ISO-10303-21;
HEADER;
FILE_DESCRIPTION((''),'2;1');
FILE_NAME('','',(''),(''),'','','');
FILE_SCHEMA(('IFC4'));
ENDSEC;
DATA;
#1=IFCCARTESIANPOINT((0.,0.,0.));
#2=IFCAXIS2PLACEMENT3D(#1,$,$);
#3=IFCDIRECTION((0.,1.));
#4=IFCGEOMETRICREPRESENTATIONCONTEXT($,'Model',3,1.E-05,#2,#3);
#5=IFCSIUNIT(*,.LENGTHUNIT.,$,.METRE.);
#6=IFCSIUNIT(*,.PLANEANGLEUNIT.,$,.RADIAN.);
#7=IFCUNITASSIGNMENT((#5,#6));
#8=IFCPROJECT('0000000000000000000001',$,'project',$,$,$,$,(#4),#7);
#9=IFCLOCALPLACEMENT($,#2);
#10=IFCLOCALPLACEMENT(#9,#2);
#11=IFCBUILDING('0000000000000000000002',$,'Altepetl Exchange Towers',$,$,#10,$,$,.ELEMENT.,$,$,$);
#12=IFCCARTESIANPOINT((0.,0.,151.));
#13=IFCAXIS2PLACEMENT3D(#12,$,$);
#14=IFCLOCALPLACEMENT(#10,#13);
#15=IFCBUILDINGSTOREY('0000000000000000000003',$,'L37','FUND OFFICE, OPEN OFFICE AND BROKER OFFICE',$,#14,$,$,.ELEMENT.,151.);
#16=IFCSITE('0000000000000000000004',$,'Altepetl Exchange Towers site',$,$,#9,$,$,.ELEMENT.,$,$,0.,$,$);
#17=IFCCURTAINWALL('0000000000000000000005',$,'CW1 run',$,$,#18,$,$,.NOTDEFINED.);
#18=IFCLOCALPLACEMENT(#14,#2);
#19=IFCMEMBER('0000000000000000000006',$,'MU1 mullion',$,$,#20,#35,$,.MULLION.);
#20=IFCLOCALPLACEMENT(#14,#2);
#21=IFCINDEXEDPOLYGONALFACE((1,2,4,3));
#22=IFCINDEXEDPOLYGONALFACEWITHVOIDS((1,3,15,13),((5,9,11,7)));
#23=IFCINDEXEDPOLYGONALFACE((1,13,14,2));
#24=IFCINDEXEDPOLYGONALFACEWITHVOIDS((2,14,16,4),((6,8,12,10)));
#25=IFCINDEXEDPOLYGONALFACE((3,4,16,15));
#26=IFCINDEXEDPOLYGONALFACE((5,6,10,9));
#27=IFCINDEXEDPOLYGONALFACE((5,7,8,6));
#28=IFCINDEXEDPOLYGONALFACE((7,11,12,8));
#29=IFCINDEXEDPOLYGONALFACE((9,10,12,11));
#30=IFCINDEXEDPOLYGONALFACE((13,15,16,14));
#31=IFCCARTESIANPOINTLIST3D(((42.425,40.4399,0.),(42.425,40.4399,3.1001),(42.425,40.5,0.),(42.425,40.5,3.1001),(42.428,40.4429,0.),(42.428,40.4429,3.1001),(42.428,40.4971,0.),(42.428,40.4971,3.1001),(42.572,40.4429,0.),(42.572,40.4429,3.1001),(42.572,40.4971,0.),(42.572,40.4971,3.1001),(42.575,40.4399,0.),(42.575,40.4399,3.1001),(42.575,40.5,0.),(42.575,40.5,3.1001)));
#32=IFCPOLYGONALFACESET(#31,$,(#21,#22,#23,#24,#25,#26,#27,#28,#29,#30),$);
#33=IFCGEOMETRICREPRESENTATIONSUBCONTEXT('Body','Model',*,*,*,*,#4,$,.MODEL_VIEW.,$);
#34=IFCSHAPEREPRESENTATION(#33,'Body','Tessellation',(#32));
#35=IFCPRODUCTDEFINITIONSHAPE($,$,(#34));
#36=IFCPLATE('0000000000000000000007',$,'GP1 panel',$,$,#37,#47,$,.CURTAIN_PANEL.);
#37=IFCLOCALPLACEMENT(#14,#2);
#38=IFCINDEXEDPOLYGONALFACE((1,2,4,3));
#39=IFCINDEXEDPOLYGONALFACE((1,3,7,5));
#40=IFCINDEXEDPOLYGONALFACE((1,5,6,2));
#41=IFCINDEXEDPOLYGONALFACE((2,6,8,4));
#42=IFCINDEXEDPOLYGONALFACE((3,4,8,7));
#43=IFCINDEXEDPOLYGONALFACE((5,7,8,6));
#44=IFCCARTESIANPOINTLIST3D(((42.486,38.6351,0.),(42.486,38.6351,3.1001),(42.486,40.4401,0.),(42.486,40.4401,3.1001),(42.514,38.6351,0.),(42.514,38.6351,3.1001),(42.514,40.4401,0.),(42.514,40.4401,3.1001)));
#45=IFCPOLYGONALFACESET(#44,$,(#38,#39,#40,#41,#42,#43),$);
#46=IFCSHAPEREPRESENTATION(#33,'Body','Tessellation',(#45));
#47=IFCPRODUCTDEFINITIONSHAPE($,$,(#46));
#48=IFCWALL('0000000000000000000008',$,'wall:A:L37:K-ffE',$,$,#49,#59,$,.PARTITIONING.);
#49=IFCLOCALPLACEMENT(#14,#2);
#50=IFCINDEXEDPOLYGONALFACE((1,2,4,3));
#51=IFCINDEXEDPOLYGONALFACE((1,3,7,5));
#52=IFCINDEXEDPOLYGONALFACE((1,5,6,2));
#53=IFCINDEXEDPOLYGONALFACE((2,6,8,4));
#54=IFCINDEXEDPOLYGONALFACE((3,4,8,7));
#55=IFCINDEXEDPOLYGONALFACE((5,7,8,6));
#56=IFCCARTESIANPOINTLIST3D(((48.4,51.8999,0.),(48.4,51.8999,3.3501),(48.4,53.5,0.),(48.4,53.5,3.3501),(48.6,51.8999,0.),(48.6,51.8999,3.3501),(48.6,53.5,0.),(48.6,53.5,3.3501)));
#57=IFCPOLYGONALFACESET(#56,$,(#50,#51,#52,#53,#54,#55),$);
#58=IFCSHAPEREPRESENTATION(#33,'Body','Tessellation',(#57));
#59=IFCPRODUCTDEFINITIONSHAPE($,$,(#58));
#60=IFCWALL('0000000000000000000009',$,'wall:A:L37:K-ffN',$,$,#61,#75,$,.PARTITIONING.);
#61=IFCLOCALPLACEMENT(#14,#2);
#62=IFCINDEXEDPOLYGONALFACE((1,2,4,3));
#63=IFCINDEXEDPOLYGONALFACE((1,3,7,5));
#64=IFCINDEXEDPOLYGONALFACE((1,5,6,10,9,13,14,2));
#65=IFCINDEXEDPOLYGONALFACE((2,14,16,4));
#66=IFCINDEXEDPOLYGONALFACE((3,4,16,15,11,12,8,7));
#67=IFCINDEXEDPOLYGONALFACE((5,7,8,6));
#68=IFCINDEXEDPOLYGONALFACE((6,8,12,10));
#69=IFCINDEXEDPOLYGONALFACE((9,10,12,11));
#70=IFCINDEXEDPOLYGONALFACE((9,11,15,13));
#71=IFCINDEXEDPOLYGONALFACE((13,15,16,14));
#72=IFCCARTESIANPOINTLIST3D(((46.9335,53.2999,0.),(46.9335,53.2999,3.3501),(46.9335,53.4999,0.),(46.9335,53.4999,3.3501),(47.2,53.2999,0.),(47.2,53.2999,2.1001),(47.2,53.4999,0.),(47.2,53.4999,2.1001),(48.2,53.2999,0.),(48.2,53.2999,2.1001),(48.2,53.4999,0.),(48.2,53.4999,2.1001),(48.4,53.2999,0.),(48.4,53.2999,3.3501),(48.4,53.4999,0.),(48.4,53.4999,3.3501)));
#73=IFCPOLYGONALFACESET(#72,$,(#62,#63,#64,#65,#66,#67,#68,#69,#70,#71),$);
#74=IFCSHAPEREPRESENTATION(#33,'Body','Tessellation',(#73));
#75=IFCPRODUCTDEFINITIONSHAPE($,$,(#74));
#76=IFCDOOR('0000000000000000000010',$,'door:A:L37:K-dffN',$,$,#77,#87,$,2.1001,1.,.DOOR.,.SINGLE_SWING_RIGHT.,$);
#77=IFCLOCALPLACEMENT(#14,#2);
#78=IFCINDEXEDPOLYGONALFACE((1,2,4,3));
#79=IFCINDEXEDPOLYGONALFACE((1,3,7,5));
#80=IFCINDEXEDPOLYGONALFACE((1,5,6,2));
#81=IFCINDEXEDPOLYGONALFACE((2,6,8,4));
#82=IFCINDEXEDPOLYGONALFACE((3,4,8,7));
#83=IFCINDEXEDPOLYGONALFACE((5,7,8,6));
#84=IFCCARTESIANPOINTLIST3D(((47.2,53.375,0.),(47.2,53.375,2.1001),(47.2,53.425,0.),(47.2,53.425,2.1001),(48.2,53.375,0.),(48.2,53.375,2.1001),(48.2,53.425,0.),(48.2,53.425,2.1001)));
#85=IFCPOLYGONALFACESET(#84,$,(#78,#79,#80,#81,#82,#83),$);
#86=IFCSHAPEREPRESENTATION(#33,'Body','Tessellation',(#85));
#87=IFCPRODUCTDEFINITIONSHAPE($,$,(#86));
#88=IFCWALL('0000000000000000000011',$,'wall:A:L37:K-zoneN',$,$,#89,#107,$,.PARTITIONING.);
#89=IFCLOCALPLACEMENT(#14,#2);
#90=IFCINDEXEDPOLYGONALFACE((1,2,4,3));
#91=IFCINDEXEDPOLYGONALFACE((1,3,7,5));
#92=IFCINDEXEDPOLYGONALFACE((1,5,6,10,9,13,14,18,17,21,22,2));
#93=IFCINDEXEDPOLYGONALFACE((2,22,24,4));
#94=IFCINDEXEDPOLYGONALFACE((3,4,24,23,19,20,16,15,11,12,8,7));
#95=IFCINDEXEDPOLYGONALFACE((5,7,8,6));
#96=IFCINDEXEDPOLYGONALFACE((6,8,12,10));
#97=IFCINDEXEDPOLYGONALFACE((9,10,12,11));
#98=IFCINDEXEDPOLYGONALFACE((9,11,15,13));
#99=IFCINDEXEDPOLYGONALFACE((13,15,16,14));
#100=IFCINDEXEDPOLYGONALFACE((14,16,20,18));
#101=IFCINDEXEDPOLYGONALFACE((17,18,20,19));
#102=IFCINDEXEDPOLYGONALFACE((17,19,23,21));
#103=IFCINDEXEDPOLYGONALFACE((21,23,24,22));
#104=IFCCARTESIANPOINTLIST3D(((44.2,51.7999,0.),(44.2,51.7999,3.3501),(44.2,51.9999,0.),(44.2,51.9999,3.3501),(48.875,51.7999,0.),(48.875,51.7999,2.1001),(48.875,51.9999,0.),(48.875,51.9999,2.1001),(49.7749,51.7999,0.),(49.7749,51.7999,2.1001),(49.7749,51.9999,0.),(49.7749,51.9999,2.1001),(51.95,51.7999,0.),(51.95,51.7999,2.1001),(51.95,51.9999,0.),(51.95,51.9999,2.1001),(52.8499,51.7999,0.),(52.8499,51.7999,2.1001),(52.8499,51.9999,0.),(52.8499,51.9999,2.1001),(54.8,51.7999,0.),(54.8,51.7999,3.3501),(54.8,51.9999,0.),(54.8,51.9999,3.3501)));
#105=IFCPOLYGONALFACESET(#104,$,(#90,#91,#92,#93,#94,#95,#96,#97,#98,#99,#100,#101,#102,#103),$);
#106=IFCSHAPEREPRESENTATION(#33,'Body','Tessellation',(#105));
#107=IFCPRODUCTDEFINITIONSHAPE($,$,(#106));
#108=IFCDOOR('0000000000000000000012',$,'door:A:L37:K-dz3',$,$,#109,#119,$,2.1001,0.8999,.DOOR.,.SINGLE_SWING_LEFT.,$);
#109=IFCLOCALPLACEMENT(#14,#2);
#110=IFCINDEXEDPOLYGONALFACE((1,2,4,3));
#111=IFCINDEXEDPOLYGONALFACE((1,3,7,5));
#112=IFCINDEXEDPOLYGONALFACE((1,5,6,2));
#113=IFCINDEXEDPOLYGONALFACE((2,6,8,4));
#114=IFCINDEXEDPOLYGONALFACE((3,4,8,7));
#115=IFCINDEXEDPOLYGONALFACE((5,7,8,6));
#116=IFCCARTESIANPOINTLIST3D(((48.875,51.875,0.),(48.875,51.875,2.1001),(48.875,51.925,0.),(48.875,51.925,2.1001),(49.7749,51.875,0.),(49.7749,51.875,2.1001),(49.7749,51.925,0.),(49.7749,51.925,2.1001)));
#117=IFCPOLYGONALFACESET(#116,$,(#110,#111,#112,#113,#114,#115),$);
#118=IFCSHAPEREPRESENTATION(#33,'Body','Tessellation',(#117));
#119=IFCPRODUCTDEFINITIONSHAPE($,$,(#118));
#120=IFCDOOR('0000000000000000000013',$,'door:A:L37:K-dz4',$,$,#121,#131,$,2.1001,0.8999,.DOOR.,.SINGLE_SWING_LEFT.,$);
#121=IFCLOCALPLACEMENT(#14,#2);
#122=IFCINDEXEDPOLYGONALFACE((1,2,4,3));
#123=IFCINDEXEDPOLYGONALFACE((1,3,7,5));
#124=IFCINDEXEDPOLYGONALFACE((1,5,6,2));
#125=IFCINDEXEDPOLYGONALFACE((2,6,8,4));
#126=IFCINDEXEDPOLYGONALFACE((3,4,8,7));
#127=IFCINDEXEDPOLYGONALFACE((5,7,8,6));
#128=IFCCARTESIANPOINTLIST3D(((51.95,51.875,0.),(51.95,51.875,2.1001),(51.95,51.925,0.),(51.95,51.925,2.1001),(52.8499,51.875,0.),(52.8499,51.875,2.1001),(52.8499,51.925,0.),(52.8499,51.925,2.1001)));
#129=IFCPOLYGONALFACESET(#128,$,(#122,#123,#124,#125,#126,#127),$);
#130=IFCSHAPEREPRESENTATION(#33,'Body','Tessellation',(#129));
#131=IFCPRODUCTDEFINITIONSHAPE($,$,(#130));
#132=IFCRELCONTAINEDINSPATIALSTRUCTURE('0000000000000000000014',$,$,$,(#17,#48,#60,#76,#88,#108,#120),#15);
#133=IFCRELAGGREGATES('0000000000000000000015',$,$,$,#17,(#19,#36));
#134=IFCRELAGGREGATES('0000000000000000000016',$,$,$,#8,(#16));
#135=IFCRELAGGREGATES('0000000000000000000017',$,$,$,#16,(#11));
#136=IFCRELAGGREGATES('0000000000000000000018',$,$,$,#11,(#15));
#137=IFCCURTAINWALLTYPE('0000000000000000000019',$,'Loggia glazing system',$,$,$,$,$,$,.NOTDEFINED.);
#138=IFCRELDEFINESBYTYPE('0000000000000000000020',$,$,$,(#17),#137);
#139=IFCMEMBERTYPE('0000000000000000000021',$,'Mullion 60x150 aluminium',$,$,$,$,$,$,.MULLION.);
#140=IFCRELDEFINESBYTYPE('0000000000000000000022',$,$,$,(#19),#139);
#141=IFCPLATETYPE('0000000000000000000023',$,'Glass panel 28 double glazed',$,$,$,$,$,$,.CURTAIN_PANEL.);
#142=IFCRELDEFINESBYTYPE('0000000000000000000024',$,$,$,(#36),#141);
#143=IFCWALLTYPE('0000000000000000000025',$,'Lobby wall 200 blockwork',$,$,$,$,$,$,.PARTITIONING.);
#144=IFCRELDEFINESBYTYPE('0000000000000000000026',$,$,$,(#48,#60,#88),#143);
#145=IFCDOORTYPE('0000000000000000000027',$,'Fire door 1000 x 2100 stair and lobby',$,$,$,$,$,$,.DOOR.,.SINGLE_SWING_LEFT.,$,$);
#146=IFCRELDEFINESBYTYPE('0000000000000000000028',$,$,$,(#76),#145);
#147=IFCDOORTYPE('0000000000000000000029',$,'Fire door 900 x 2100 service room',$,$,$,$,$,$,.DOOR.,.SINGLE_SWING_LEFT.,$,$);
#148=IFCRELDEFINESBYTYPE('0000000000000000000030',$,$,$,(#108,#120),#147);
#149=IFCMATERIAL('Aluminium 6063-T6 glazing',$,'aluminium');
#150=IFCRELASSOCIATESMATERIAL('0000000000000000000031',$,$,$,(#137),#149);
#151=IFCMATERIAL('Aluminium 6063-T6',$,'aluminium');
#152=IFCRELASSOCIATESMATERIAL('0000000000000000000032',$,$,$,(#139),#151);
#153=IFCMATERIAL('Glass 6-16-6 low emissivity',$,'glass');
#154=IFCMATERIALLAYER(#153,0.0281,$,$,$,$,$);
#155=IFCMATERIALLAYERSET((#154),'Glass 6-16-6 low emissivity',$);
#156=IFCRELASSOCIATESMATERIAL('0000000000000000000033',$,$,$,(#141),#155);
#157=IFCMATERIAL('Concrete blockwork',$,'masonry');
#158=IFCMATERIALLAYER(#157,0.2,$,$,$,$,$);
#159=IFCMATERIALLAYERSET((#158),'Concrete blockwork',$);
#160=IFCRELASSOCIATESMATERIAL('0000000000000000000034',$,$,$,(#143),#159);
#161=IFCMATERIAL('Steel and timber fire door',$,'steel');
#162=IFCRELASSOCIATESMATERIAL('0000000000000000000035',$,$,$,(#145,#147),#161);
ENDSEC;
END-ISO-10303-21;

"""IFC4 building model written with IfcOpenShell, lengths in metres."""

from ifc_helpers import new_model, si_unit, direction, frame, frame_2d, origin, origin_2d, place, context, subcontext, project, spatial, rectangle, hollow_rectangle, extrude, material, layer, layer_set, material_profile, profile_set, type_object, element, fill, aggregate, save


model = new_model("IFC4")

# Units and contexts
model_context = context("Model", 3, precision=1e-05, world=origin(), true_north=direction((0.0, 1.0)))
body_context = subcontext(model_context, "Body", "Model", "MODEL_VIEW")
ifc_project = project(units=[si_unit("LENGTHUNIT", "METRE"), si_unit("PLANEANGLEUNIT", "RADIAN")], contexts=[model_context])

# Site, building, storey
site_placement = place(None, origin())
site = spatial("IfcSite", under=ifc_project, at=site_placement, Name="Altepetl Exchange Towers site", CompositionType="ELEMENT", RefElevation=0.0)
building_placement = place(site_placement, origin())
building = spatial("IfcBuilding", under=site, at=building_placement, Name="Altepetl Exchange Towers", CompositionType="ELEMENT")
storey_placement = place(building_placement, frame((0.0, 0.0, 151.0)))
storey = spatial("IfcBuildingStorey", under=building, at=storey_placement, Name="L37", Description="FUND OFFICE, OPEN OFFICE AND BROKER OFFICE", CompositionType="ELEMENT", Elevation=151.0)

# Curtain wall, member, plate
ifc_material_1 = material(Name="Aluminium 6063-T6 glazing", Category="aluminium")
curtain_wall_type = type_object("IfcCurtainWallType", Name="Loggia glazing system", PredefinedType="NOTDEFINED", material=ifc_material_1)
curtain_wall_placement = place(storey_placement, origin())
curtain_wall = element("IfcCurtainWall", 1, at=curtain_wall_placement, inside=storey, type_object=curtain_wall_type, Name="CW1 run", PredefinedType="NOTDEFINED")
ifc_material_2 = material(Name="Aluminium 6063-T6", Category="aluminium")
ifc_material_profile = material_profile(ifc_material_2, hollow_rectangle(XDim=0.0601, YDim=0.1499, WallThickness=0.0029, at=origin_2d()), Name="Mullion 60x150 aluminium")
ifc_profile_set = profile_set([ifc_material_profile], Name="Aluminium 6063-T6")
member_type = type_object("IfcMemberType", Name="Mullion 60x150 aluminium", PredefinedType="MULLION", material=ifc_profile_set)
member_placement = place(storey_placement, frame((42.5, 40.47, 0.0), z_axis=(0.0, 0.0, 1.0), x_axis=(0.0, -1.0, 0.0)))
member = element("IfcMember", 2, at=member_placement, type_object=member_type, Name="MU1 mullion", PredefinedType="MULLION", context=body_context, shape_type="SweptSolid", body=[
    extrude(hollow_rectangle(XDim=0.0601, YDim=0.1499, WallThickness=0.0029, at=origin_2d()), origin(), (0.0, 0.0, 1.0), 3.1001),
])
ifc_material_3 = material(Name="Glass 6-16-6 low emissivity", Category="glass")
ifc_layer_1 = layer(ifc_material_3, 0.0281)
ifc_layer_set_1 = layer_set([ifc_layer_1], Name="Glass 6-16-6 low emissivity")
plate_type = type_object("IfcPlateType", Name="Glass panel 28 double glazed", PredefinedType="CURTAIN_PANEL", material=ifc_layer_set_1)
plate_placement = place(storey_placement, frame((42.5, 39.5376, 0.0), z_axis=(0.0, 0.0, 1.0), x_axis=(0.0, -1.0, 0.0)))
plate = element("IfcPlate", 3, at=plate_placement, type_object=plate_type, Name="GP1 panel", PredefinedType="CURTAIN_PANEL", context=body_context, shape_type="SweptSolid", body=[
    extrude(rectangle(XDim=1.8049, YDim=0.0281, at=origin_2d()), origin(), (0.0, 0.0, 1.0), 3.1001),
])
aggregate(curtain_wall, [member, plate])

# Wall
ifc_material_4 = material(Name="Concrete blockwork", Category="masonry")
ifc_layer_2 = layer(ifc_material_4, 0.2)
ifc_layer_set_2 = layer_set([ifc_layer_2], Name="Concrete blockwork")
wall_type_1 = type_object("IfcWallType", Name="Lobby wall 200 blockwork", PredefinedType="PARTITIONING", material=ifc_layer_set_2)
wall_1_placement = place(storey_placement, frame((48.5, 51.8999, 0.0), z_axis=(0.0, 0.0, 1.0), x_axis=(0.0, 1.0, 0.0)))
element("IfcWall", 4, at=wall_1_placement, inside=storey, type_object=wall_type_1, Name="wall:A:L37:K-ffE", PredefinedType="PARTITIONING", context=body_context, shape_type="SweptSolid", body=[
    extrude(rectangle(XDim=1.6001, YDim=0.2, at=frame_2d((0.8, 0.0))), origin(), (0.0, 0.0, 1.0), 3.3501),
])

# Wall, opening, door
wall_2_placement = place(storey_placement, frame((46.9333, 53.3999, 0.0)))
wall_2 = element("IfcWall", 5, at=wall_2_placement, inside=storey, type_object=wall_type_1, Name="wall:A:L37:K-ffN", PredefinedType="PARTITIONING", context=body_context, shape_type="SweptSolid", body=[
    extrude(rectangle(XDim=1.4666, YDim=0.2, at=frame_2d((0.7334, 0.0))), origin(), (0.0, 0.0, 1.0), 3.3501),
])
opening_1_placement = place(wall_2_placement, frame((0.2666, 0.0, 0.0)))
opening_1 = element("IfcOpeningElement", 6, at=opening_1_placement, cuts=wall_2, PredefinedType="OPENING", context=body_context, shape_type="SweptSolid", body=[
    extrude(rectangle(XDim=1.0, YDim=2.1001, at=frame_2d((0.5, 1.05))), frame((0.0, 0.1099, 0.0), z_axis=(0.0, -1.0, 0.0), x_axis=(1.0, 0.0, 0.0)), (0.0, 0.0, 1.0), 0.22),
])
ifc_material_5 = material(Name="Steel and timber fire door", Category="steel")
door_type_1 = type_object("IfcDoorType", Name="Fire door 1000 x 2100 stair and lobby", OperationType="SINGLE_SWING_LEFT", PredefinedType="DOOR", material=ifc_material_5)
door_1_placement = place(opening_1_placement, frame((1.0, 0.0, 0.0), x_axis=(-1.0, 0.0, 0.0)))
door_1 = element("IfcDoor", 7, at=door_1_placement, inside=storey, type_object=door_type_1, Name="door:A:L37:K-dffN", OperationType="SINGLE_SWING_RIGHT", OverallHeight=2.1001, OverallWidth=1.0, PredefinedType="DOOR", context=body_context, shape_type="SweptSolid", body=[
    extrude(rectangle(XDim=1.0, YDim=2.1001, at=frame_2d((0.5, 1.05))), frame((0.0, 0.0249, 0.0), z_axis=(0.0, -1.0, 0.0), x_axis=(1.0, 0.0, 0.0)), (0.0, 0.0, 1.0), 0.05),
])
fill(opening_1, door_1)

# Wall, openings, doors
wall_3_placement = place(storey_placement, frame((44.2, 51.8999, 0.0)))
wall_3 = element("IfcWall", 8, at=wall_3_placement, inside=storey, type_object=wall_type_1, Name="wall:A:L37:K-zoneN", PredefinedType="PARTITIONING", context=body_context, shape_type="SweptSolid", body=[
    extrude(rectangle(XDim=10.6001, YDim=0.2, at=frame_2d((5.3, 0.0))), origin(), (0.0, 0.0, 1.0), 3.3501),
])
opening_2_placement = place(wall_3_placement, frame((4.675, 0.0, 0.0)))
opening_2 = element("IfcOpeningElement", 9, at=opening_2_placement, cuts=wall_3, PredefinedType="OPENING", context=body_context, shape_type="SweptSolid", body=[
    extrude(rectangle(XDim=0.8999, YDim=2.1001, at=frame_2d((0.45, 1.05))), frame((0.0, 0.1099, 0.0), z_axis=(0.0, -1.0, 0.0), x_axis=(1.0, 0.0, 0.0)), (0.0, 0.0, 1.0), 0.22),
])
opening_3_placement = place(wall_3_placement, frame((7.75, 0.0, 0.0)))
opening_3 = element("IfcOpeningElement", 10, at=opening_3_placement, cuts=wall_3, PredefinedType="OPENING", context=body_context, shape_type="SweptSolid", body=[
    extrude(rectangle(XDim=0.8999, YDim=2.1001, at=frame_2d((0.45, 1.05))), frame((0.0, 0.1099, 0.0), z_axis=(0.0, -1.0, 0.0), x_axis=(1.0, 0.0, 0.0)), (0.0, 0.0, 1.0), 0.22),
])
door_type_2 = type_object("IfcDoorType", Name="Fire door 900 x 2100 service room", OperationType="SINGLE_SWING_LEFT", PredefinedType="DOOR", material=ifc_material_5)
door_2_placement = place(opening_2_placement, frame((0.8999, 0.0, 0.0), x_axis=(-1.0, 0.0, 0.0)))
door_2 = element("IfcDoor", 11, at=door_2_placement, inside=storey, type_object=door_type_2, Name="door:A:L37:K-dz3", OperationType="SINGLE_SWING_LEFT", OverallHeight=2.1001, OverallWidth=0.8999, PredefinedType="DOOR", context=body_context, shape_type="SweptSolid", body=[
    extrude(rectangle(XDim=0.8999, YDim=2.1001, at=frame_2d((0.45, 1.05))), frame((0.0, 0.0249, 0.0), z_axis=(0.0, -1.0, 0.0), x_axis=(1.0, 0.0, 0.0)), (0.0, 0.0, 1.0), 0.05),
])
fill(opening_2, door_2)
door_3_placement = place(opening_3_placement, frame((0.8999, 0.0, 0.0), x_axis=(-1.0, 0.0, 0.0)))
door_3 = element("IfcDoor", 12, at=door_3_placement, inside=storey, type_object=door_type_2, Name="door:A:L37:K-dz4", OperationType="SINGLE_SWING_LEFT", OverallHeight=2.1001, OverallWidth=0.8999, PredefinedType="DOOR", context=body_context, shape_type="SweptSolid", body=[
    extrude(rectangle(XDim=0.8999, YDim=2.1001, at=frame_2d((0.45, 1.05))), frame((0.0, 0.0249, 0.0), z_axis=(0.0, -1.0, 0.0), x_axis=(1.0, 0.0, 0.0)), (0.0, 0.0, 1.0), 0.05),
])
fill(opening_3, door_3)

save(model, "model.ifc")
